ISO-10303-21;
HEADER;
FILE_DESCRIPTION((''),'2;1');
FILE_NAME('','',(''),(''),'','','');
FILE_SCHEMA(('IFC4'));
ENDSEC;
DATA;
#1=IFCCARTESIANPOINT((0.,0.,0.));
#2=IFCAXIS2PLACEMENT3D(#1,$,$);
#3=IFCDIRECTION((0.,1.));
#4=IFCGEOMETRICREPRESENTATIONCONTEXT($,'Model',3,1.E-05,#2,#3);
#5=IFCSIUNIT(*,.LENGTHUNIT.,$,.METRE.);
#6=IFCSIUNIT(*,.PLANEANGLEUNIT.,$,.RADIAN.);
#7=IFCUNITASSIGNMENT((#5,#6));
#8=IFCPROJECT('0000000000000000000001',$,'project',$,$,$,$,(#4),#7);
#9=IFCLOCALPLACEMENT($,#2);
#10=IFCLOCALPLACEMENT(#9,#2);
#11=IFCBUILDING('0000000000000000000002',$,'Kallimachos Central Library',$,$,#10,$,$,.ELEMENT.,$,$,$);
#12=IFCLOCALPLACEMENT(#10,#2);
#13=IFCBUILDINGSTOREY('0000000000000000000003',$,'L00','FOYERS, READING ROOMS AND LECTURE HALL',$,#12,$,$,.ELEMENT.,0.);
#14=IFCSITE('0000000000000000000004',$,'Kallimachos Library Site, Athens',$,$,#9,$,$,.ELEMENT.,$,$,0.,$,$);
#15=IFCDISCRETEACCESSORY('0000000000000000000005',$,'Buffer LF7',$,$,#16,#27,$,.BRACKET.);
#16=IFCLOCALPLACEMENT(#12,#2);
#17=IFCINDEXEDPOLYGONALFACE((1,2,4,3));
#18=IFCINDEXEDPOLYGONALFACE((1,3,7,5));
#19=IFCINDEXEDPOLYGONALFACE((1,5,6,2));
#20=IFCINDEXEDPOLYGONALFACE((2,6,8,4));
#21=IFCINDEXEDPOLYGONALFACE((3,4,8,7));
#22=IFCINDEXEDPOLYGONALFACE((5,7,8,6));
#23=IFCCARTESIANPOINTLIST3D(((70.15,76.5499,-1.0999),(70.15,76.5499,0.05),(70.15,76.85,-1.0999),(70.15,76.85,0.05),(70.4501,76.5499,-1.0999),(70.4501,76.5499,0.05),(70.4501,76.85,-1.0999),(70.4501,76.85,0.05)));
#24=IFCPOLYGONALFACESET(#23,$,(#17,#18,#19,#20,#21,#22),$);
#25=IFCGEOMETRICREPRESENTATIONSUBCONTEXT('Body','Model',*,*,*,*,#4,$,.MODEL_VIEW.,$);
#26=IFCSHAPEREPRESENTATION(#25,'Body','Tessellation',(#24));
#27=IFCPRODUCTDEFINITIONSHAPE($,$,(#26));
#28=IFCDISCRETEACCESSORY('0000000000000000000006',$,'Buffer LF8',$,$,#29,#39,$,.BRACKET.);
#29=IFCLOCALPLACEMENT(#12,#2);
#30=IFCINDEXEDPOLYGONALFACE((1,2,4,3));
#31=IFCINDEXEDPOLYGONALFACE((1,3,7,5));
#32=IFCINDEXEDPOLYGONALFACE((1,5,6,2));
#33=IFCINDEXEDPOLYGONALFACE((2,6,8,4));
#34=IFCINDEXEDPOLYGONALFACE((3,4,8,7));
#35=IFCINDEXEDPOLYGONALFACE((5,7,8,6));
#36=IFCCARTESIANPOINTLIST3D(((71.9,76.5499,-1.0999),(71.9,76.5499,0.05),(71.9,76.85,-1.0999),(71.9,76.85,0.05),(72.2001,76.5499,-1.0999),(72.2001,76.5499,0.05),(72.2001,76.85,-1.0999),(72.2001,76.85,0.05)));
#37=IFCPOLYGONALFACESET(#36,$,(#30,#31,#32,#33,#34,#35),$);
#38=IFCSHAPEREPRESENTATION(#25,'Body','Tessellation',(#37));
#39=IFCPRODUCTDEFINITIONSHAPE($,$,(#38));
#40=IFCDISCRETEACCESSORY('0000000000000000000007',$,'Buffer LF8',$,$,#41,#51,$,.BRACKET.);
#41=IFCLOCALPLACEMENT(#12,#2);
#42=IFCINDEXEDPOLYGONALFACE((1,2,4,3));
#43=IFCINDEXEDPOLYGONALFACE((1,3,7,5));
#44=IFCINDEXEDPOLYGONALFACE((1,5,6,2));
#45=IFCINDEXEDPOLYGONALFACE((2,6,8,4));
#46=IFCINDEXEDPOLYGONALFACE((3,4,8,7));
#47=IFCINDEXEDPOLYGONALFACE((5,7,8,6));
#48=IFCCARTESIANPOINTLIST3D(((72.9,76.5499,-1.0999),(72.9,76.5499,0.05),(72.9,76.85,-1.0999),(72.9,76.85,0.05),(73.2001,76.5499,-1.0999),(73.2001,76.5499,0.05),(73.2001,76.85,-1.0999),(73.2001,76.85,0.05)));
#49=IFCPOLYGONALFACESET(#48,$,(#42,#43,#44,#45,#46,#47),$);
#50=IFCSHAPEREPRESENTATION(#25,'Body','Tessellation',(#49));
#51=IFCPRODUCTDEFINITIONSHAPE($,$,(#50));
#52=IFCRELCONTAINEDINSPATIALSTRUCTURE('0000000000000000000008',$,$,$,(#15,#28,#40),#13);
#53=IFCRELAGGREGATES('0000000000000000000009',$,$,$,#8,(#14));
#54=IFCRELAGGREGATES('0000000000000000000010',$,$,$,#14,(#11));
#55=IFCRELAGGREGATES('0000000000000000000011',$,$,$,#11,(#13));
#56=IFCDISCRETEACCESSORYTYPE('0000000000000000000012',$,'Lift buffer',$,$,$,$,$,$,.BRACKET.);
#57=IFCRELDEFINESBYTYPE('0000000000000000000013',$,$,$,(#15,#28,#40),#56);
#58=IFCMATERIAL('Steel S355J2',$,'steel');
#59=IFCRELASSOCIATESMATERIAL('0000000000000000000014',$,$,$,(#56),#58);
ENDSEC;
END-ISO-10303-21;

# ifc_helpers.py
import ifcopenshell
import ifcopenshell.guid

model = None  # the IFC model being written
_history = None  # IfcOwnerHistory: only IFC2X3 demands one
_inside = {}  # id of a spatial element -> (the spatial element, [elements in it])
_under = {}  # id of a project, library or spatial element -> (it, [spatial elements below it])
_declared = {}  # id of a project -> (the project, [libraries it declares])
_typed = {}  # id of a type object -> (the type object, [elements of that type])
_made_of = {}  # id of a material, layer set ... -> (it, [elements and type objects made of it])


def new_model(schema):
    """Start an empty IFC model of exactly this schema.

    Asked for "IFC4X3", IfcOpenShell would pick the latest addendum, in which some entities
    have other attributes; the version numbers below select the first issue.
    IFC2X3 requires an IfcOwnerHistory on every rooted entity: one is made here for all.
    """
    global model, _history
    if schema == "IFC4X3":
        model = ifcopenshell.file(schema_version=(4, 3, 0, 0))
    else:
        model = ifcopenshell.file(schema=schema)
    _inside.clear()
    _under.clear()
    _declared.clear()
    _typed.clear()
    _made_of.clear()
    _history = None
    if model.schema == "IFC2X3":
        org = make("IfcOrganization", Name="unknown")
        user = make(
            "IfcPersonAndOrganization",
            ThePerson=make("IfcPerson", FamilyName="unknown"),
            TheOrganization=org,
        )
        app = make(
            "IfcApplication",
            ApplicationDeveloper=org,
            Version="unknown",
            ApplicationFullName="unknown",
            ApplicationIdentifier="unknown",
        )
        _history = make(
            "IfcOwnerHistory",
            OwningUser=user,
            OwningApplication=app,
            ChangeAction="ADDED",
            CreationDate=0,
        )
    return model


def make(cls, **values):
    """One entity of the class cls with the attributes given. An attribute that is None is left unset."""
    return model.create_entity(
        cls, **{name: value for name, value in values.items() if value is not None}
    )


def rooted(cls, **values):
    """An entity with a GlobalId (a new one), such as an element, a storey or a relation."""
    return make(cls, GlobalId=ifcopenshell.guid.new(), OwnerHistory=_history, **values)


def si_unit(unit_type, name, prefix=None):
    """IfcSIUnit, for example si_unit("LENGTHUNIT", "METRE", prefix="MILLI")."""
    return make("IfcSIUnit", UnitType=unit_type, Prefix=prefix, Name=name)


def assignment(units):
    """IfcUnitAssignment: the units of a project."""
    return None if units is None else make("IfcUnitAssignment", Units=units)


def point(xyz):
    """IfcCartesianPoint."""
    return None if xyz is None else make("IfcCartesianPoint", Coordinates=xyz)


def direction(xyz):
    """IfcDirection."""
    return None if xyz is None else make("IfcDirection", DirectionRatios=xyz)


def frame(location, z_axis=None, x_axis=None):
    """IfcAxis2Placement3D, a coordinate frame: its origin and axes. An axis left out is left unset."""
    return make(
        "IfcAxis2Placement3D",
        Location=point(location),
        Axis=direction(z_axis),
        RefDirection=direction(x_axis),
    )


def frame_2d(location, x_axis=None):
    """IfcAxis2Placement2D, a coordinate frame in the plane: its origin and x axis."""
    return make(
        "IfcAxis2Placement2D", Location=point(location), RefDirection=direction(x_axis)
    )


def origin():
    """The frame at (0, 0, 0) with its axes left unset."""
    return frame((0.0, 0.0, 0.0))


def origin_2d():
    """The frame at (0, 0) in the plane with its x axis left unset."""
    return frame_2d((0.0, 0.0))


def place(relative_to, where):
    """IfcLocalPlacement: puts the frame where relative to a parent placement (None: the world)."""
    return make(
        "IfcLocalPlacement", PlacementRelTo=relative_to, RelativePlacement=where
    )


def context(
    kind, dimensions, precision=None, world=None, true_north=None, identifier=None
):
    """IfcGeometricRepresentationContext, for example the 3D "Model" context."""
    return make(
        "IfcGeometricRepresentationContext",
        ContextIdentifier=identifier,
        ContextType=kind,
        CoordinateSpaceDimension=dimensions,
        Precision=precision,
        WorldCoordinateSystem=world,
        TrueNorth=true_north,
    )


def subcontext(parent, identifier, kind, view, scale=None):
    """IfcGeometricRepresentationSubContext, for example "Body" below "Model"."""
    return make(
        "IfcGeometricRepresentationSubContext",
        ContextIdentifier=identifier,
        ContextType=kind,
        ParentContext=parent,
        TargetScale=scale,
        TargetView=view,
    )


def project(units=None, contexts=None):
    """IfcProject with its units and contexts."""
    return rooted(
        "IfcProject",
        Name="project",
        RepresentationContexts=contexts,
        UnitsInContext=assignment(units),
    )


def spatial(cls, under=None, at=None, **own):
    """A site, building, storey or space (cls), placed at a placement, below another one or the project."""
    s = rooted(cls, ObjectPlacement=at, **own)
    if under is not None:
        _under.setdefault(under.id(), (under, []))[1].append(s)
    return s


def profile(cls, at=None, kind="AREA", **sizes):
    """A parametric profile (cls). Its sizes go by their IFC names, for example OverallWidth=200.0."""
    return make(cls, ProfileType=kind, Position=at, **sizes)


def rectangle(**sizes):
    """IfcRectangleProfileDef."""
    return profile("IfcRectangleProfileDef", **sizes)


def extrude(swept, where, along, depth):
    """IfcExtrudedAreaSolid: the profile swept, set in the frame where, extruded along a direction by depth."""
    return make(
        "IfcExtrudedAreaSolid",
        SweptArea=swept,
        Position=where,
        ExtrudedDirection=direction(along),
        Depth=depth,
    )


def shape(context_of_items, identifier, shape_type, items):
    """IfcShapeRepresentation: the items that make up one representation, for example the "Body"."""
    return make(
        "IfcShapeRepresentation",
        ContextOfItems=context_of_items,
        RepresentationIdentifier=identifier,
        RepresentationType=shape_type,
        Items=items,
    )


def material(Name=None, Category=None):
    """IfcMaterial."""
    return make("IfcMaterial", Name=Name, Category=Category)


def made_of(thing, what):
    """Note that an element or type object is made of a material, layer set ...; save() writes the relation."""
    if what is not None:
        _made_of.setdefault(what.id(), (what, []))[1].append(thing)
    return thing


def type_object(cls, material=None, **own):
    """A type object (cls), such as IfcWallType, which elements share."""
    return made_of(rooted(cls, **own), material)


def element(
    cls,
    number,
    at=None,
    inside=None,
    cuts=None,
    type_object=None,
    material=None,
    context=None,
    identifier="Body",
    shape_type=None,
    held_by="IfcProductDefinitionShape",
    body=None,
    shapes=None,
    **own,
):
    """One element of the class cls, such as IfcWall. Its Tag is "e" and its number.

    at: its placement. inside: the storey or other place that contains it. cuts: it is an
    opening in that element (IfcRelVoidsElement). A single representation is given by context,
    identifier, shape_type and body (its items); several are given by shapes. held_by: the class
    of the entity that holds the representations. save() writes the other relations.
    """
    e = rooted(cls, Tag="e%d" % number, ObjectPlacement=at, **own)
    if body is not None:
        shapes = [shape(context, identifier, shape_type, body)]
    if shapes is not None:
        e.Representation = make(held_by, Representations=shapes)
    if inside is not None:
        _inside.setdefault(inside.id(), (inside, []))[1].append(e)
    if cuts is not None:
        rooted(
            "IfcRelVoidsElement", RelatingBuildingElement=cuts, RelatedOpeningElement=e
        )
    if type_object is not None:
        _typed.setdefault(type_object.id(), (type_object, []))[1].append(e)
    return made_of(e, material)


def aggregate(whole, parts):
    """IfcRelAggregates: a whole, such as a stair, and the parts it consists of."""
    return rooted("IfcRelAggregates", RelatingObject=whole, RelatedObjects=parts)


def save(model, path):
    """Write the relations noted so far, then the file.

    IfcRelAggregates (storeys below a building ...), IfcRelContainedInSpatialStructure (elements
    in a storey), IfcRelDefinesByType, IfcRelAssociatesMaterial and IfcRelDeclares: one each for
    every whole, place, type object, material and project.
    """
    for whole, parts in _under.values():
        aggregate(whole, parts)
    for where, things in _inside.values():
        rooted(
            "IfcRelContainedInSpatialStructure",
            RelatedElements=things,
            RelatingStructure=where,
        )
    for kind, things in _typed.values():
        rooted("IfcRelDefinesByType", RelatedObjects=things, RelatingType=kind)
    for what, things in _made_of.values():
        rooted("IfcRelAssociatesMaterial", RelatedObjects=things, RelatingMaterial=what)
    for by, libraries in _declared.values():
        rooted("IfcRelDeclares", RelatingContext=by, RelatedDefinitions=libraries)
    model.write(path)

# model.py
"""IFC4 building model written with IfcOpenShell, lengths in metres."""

from ifc_helpers import new_model, si_unit, direction, frame, origin, origin_2d, place, context, subcontext, project, spatial, rectangle, extrude, material, type_object, element, save


model = new_model("IFC4")

# Units and contexts
model_context = context("Model", 3, precision=1e-05, world=origin(), true_north=direction((0.0, 1.0)))
body_context = subcontext(model_context, "Body", "Model", "MODEL_VIEW")
ifc_project = project(units=[si_unit("LENGTHUNIT", "METRE"), si_unit("PLANEANGLEUNIT", "RADIAN")], contexts=[model_context])

# Site, building, storey
site_placement = place(None, origin())
site = spatial("IfcSite", under=ifc_project, at=site_placement, Name="Kallimachos Library Site, Athens", CompositionType="ELEMENT", RefElevation=0.0)
building_placement = place(site_placement, origin())
building = spatial("IfcBuilding", under=site, at=building_placement, Name="Kallimachos Central Library", CompositionType="ELEMENT")
storey_placement = place(building_placement, origin())
storey = spatial("IfcBuildingStorey", under=building, at=storey_placement, Name="L00", Description="FOYERS, READING ROOMS AND LECTURE HALL", CompositionType="ELEMENT", Elevation=0.0)

# Discrete accessories
ifc_material_1 = material(Name="Steel S355J2", Category="steel")
discrete_accessory_type = type_object("IfcDiscreteAccessoryType", Name="Lift buffer", PredefinedType="BRACKET", material=ifc_material_1)
for number, where, z_axis, x_axis, name in (
    (1, (70.3, 76.7, -1.0999), (0.0, 0.0, 1.0), (1.0, 0.0, 0.0), "Buffer LF7"),
    (2, (72.05, 76.7, -1.0999), (0.0, 0.0, 1.0), (1.0, 0.0, 0.0), "Buffer LF8"),
    (3, (73.05, 76.7, -1.0999), (0.0, 0.0, 1.0), (1.0, 0.0, 0.0), "Buffer LF8"),
):
    element("IfcDiscreteAccessory", number, at=place(storey_placement, frame(where, z_axis=z_axis, x_axis=x_axis)), inside=storey, type_object=discrete_accessory_type, Name=name, PredefinedType="BRACKET", context=body_context, shape_type="SweptSolid", body=[
        extrude(rectangle(XDim=0.3, YDim=0.3, at=origin_2d()), origin(), (0.0, 0.0, 1.0), 1.1499),
    ])

save(model, "model.ifc")
